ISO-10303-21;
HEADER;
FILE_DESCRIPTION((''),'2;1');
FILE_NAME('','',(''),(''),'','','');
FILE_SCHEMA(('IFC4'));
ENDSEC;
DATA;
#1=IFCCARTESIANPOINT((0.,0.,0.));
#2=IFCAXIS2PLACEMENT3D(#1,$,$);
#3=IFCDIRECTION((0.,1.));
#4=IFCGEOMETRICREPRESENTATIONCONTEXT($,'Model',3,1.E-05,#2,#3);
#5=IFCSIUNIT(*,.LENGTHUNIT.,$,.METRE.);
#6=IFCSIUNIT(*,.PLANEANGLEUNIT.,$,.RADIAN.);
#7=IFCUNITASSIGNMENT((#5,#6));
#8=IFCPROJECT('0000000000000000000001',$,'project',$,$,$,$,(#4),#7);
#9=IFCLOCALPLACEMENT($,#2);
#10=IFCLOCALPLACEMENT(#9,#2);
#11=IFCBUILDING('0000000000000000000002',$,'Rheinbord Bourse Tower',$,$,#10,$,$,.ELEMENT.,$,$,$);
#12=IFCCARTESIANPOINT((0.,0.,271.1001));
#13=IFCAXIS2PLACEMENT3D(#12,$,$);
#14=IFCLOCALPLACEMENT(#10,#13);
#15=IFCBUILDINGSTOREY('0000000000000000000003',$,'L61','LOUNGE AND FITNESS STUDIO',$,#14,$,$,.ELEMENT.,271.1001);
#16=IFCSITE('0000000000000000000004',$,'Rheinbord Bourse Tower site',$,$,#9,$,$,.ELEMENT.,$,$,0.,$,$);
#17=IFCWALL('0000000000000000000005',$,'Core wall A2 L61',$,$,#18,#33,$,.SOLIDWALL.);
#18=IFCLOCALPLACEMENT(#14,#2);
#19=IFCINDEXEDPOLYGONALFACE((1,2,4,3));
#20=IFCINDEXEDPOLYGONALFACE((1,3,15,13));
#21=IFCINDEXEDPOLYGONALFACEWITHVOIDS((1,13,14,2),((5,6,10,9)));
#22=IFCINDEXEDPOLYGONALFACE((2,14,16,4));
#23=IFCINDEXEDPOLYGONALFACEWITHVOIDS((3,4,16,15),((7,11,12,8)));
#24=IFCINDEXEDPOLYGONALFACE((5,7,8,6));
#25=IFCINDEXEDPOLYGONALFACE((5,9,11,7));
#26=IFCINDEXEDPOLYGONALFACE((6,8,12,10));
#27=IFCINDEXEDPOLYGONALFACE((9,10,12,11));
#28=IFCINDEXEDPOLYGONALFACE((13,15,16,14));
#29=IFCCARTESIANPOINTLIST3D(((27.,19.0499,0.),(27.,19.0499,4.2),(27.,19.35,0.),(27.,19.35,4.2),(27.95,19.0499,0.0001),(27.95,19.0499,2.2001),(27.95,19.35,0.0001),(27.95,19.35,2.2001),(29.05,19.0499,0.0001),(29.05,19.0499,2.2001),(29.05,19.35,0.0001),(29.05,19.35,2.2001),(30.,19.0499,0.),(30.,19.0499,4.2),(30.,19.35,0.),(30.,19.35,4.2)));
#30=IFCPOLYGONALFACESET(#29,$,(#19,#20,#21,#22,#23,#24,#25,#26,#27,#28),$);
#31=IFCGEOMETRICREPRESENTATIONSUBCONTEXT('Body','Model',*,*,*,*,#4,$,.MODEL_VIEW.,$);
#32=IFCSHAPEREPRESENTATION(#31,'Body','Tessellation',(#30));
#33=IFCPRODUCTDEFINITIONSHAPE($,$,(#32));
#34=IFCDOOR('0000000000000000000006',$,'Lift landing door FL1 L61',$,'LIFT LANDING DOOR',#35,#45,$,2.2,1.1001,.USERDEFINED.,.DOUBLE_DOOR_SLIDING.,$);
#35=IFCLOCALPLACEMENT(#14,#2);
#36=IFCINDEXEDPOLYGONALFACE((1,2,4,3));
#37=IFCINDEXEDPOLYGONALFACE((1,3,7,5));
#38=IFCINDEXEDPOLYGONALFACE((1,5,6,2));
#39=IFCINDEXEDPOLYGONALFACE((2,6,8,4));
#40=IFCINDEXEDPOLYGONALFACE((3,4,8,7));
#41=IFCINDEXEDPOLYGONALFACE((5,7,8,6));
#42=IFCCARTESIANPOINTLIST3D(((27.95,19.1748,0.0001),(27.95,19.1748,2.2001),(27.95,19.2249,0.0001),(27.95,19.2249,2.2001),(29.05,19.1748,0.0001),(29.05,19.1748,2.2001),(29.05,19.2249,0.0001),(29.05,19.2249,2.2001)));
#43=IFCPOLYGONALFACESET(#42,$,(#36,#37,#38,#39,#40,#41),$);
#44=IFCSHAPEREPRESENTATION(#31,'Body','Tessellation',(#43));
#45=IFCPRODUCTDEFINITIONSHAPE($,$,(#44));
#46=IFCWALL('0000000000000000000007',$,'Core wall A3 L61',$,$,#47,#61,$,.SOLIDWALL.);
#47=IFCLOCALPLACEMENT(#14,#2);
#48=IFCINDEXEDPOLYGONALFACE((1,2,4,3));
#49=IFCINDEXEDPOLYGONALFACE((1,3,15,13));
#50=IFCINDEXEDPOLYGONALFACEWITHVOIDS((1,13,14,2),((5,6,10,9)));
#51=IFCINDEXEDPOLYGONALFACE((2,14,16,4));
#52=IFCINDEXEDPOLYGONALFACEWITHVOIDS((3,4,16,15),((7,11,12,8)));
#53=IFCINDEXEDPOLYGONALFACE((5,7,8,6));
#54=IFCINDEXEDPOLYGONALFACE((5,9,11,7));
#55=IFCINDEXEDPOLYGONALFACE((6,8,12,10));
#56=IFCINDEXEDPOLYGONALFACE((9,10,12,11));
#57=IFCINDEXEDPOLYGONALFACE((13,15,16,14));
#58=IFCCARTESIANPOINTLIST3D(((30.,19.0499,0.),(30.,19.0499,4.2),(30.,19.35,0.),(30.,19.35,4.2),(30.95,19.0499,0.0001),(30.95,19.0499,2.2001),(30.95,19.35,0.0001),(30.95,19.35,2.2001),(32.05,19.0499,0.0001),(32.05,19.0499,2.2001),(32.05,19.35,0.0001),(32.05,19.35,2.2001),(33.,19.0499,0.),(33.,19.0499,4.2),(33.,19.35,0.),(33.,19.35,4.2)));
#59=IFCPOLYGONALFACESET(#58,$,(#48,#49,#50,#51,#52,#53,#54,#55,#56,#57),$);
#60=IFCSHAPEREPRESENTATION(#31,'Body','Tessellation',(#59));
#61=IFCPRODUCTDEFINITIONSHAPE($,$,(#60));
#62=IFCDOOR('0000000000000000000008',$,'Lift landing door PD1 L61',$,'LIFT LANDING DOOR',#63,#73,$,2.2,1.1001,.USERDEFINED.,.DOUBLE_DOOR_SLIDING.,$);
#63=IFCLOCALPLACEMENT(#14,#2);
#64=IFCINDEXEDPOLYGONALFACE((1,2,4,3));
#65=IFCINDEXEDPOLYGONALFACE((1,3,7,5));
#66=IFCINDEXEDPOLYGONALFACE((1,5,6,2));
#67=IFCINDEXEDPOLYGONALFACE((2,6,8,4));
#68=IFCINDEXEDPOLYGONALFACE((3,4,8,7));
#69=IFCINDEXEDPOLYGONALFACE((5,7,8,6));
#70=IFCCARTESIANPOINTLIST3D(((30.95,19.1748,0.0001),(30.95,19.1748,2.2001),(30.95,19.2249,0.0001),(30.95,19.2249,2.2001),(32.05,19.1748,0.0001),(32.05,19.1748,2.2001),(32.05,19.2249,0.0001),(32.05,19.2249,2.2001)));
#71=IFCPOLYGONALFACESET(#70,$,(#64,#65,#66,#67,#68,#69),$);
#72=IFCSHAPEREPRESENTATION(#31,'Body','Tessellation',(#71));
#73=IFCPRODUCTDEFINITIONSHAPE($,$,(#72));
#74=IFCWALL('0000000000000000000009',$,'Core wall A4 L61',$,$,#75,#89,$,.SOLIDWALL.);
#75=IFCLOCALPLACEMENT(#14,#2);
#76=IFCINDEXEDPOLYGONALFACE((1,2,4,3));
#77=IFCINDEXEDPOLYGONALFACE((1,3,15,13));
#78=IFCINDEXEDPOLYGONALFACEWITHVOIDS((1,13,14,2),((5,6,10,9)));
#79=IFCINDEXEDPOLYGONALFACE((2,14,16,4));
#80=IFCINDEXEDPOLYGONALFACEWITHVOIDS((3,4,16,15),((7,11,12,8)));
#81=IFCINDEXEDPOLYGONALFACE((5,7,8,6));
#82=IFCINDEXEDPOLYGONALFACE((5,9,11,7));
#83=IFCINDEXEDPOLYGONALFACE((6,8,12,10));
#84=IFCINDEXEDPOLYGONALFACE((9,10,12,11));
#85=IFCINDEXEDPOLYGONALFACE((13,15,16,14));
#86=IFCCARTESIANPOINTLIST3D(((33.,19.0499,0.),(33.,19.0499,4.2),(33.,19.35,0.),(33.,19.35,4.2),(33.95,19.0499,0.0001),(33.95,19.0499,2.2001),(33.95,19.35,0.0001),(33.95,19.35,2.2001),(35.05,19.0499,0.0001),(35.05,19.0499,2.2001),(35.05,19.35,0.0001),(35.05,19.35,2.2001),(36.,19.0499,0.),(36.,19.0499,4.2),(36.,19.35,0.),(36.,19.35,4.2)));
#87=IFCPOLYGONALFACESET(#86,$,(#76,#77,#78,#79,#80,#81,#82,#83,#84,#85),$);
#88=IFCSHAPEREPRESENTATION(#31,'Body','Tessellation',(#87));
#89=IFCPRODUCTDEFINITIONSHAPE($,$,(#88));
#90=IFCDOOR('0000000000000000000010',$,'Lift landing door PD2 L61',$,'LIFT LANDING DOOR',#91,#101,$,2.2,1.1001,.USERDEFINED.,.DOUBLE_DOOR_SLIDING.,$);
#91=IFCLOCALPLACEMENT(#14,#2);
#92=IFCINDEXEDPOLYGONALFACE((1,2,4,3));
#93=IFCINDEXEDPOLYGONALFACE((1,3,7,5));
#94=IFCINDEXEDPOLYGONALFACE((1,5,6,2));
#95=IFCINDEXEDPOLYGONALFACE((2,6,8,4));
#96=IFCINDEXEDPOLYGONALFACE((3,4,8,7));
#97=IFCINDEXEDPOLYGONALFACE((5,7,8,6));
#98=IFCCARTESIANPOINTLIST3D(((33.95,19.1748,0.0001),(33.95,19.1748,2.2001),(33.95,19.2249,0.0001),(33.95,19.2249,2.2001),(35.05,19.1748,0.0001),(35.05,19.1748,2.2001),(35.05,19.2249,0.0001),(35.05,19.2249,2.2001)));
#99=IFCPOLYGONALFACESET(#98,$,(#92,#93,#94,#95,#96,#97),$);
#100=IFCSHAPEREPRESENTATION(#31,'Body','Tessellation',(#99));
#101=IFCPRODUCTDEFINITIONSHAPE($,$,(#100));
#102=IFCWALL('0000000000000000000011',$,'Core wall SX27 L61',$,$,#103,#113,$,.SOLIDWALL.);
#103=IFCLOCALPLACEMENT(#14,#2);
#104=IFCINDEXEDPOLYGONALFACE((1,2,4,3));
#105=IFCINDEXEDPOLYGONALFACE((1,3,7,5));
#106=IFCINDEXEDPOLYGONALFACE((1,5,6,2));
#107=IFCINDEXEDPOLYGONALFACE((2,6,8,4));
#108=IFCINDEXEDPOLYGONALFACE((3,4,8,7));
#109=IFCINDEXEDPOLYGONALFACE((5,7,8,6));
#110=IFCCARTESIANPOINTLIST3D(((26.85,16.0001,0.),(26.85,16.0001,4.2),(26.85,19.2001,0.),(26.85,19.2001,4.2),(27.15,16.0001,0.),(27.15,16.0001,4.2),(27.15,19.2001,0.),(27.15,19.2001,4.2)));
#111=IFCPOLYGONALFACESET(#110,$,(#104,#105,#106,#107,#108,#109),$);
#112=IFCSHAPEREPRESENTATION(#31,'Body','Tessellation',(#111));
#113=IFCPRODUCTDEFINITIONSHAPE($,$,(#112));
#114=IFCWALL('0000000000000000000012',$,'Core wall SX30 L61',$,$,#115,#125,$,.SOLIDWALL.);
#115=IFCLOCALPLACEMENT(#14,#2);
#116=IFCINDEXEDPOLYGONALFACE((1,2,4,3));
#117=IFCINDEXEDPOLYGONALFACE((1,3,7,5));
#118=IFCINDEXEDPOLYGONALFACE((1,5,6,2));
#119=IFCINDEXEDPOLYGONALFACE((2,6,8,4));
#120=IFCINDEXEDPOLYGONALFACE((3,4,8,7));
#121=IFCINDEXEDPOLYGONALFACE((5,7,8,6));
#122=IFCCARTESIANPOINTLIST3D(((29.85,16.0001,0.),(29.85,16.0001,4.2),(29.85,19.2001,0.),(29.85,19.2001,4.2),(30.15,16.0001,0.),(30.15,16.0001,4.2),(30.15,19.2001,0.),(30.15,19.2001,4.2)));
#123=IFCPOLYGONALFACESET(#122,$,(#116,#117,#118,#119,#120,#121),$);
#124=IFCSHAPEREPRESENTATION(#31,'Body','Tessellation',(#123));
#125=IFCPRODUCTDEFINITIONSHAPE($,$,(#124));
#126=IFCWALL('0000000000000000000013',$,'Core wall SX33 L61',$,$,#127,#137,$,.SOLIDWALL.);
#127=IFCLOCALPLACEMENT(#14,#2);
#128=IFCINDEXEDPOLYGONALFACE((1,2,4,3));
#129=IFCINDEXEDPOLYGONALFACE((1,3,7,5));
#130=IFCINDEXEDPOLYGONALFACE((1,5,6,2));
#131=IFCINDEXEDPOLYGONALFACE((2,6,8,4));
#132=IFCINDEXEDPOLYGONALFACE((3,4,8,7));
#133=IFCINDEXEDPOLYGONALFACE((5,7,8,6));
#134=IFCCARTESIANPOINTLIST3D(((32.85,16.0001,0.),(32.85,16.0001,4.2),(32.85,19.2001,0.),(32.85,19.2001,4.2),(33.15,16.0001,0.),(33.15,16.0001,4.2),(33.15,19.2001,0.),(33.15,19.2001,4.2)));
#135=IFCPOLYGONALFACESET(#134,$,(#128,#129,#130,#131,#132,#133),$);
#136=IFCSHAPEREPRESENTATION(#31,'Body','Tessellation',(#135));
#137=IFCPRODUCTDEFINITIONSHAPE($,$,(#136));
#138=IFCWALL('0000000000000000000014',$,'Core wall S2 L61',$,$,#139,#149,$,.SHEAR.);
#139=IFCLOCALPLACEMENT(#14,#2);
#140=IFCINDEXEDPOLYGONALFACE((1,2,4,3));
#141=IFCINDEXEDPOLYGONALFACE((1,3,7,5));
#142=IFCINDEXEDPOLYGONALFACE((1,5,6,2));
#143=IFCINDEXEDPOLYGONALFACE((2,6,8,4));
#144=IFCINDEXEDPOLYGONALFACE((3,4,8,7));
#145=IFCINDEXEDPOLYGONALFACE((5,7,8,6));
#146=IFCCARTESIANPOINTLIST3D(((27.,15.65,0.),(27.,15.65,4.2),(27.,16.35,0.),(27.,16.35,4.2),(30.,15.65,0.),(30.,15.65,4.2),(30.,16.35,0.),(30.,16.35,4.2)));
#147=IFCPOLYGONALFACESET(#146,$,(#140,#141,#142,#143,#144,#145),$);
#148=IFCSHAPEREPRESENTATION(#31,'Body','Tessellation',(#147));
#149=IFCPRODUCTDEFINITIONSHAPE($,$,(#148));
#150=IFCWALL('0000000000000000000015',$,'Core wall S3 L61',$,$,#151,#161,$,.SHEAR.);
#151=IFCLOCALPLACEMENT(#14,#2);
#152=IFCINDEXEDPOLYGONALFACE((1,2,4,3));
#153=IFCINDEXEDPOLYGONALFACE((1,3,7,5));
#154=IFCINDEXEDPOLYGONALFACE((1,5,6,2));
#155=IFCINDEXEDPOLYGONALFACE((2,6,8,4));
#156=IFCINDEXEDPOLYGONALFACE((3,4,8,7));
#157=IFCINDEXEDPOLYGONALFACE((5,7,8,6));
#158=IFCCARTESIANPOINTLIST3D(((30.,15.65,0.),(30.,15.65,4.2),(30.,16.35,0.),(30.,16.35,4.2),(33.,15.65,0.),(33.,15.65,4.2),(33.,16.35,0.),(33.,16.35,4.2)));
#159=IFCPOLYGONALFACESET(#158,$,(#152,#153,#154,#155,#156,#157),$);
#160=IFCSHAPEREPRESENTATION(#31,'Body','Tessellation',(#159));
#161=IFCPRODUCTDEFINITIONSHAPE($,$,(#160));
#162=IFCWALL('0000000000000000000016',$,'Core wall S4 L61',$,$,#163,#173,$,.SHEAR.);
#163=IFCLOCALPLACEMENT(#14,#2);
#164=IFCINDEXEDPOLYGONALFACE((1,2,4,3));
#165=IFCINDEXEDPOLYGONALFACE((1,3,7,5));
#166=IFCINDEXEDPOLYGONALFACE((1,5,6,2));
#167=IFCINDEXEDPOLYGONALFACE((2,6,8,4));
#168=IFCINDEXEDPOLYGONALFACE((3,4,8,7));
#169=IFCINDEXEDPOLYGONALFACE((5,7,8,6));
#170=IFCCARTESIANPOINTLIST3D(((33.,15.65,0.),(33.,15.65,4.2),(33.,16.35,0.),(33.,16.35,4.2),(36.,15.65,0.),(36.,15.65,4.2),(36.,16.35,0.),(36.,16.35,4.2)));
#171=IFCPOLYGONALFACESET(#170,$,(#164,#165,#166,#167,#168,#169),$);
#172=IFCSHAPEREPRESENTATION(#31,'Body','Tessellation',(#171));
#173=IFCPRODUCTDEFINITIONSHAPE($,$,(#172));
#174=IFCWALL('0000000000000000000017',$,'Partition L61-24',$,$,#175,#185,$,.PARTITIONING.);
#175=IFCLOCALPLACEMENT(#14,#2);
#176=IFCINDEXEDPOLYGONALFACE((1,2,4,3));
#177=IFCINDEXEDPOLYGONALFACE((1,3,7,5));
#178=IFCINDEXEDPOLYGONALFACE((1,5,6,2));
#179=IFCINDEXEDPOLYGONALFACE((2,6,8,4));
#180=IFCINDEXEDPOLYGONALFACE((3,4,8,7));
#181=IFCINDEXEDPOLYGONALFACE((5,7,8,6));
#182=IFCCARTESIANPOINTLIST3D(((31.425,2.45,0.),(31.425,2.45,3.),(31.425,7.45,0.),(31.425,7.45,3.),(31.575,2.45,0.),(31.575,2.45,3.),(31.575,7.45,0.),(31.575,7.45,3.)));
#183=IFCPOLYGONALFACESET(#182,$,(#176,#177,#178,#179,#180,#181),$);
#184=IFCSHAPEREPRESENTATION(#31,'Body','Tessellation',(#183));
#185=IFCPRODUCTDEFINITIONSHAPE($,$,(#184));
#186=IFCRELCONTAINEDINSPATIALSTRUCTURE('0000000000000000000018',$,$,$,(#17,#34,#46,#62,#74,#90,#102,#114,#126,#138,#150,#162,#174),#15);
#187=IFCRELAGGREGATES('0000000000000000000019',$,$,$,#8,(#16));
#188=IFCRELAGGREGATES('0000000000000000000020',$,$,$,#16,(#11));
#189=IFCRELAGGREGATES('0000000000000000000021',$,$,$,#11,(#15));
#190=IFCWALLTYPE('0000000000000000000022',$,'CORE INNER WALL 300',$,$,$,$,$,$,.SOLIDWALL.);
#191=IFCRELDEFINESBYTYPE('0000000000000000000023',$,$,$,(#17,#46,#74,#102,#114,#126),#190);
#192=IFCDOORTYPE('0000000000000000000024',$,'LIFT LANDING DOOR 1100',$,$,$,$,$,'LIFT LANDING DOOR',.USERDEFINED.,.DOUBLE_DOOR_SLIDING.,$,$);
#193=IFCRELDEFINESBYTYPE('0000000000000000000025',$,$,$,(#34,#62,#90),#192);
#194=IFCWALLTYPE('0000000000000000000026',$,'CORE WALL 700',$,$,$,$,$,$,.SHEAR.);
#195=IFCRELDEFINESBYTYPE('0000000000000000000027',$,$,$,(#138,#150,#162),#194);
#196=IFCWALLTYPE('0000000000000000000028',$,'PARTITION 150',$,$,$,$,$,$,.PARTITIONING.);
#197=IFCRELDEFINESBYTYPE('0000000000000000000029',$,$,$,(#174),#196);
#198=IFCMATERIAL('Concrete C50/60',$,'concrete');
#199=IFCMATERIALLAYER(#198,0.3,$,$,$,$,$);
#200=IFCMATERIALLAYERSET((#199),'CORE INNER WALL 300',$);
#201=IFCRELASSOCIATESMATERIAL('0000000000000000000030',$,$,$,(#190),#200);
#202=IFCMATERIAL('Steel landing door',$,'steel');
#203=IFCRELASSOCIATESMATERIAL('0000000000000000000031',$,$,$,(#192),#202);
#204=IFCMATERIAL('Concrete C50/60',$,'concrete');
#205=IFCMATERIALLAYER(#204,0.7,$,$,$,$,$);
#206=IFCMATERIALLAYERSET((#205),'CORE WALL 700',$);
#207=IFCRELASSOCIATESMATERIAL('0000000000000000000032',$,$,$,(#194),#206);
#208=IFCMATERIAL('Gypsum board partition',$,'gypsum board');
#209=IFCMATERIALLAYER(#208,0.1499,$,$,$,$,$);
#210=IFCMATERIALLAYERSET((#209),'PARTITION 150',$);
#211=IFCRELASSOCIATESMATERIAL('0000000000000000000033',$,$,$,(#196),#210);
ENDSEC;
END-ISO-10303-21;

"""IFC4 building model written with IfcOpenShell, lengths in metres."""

from ifc_helpers import new_model, si_unit, direction, frame, frame_2d, origin, place, context, subcontext, project, spatial, rectangle, extrude, material, layer, layer_set, type_object, element, fill, save


model = new_model("IFC4")

# Units and contexts
model_context = context("Model", 3, precision=1e-05, world=origin(), true_north=direction((0.0, 1.0)))
body_context = subcontext(model_context, "Body", "Model", "MODEL_VIEW")
ifc_project = project(units=[si_unit("LENGTHUNIT", "METRE"), si_unit("PLANEANGLEUNIT", "RADIAN")], contexts=[model_context])

# Site, building, storey
site_placement = place(None, origin())
site = spatial("IfcSite", under=ifc_project, at=site_placement, Name="Rheinbord Bourse Tower site", CompositionType="ELEMENT", RefElevation=0.0)
building_placement = place(site_placement, origin())
building = spatial("IfcBuilding", under=site, at=building_placement, Name="Rheinbord Bourse Tower", CompositionType="ELEMENT")
storey_placement = place(building_placement, frame((0.0, 0.0, 271.1001)))
storey = spatial("IfcBuildingStorey", under=building, at=storey_placement, Name="L61", Description="LOUNGE AND FITNESS STUDIO", CompositionType="ELEMENT", Elevation=271.1001)

# Walls, openings, doors
ifc_material_1 = material(Name="Concrete C50/60", Category="concrete")
ifc_layer_1 = layer(ifc_material_1, 0.3)
ifc_layer_set_1 = layer_set([ifc_layer_1], Name="CORE INNER WALL 300")
wall_type_1 = type_object("IfcWallType", Name="CORE INNER WALL 300", PredefinedType="SOLIDWALL", material=ifc_layer_set_1)
wall_1_placement = place(storey_placement, frame((27.0, 19.2, 0.0), z_axis=(0.0, 0.0, 1.0), x_axis=(1.0, 0.0, 0.0)))
wall_1 = element("IfcWall", 1, at=wall_1_placement, inside=storey, type_object=wall_type_1, Name="Core wall A2 L61", PredefinedType="SOLIDWALL", context=body_context, shape_type="SweptSolid", body=[
    extrude(rectangle(XDim=3.0, YDim=0.3, at=frame_2d((1.5, 0.0))), origin(), (0.0, 0.0, 1.0), 4.2),
])
opening_1_placement = place(wall_1_placement, frame((0.95, 0.0, 0.0)))
opening_1 = element("IfcOpeningElement", 2, at=opening_1_placement, cuts=wall_1, PredefinedType="OPENING", context=body_context, shape_type="SweptSolid", body=[
    extrude(rectangle(XDim=1.1001, YDim=2.2, at=frame_2d((0.55, 1.1001))), frame((0.0, 0.1599, 0.0), z_axis=(0.0, -1.0, 0.0), x_axis=(1.0, 0.0, 0.0)), (0.0, 0.0, 1.0), 0.3201),
])
ifc_material_2 = material(Name="Steel landing door", Category="steel")
door_type = type_object("IfcDoorType", Name="LIFT LANDING DOOR 1100", ElementType="LIFT LANDING DOOR", OperationType="DOUBLE_DOOR_SLIDING", PredefinedType="USERDEFINED", material=ifc_material_2)
door_1_placement = place(opening_1_placement, origin())
door_1 = element("IfcDoor", 3, at=door_1_placement, inside=storey, type_object=door_type, Name="Lift landing door FL1 L61", ObjectType="LIFT LANDING DOOR", OperationType="DOUBLE_DOOR_SLIDING", OverallHeight=2.2, OverallWidth=1.1001, PredefinedType="USERDEFINED", context=body_context, shape_type="SweptSolid", body=[
    extrude(rectangle(XDim=1.1001, YDim=2.2, at=frame_2d((0.55, 1.1001))), frame((0.0, 0.0249, 0.0), z_axis=(0.0, -1.0, 0.0), x_axis=(1.0, 0.0, 0.0)), (0.0, 0.0, 1.0), 0.05),
])
fill(opening_1, door_1)
wall_2_placement = place(storey_placement, frame((30.0, 19.2, 0.0), z_axis=(0.0, 0.0, 1.0), x_axis=(1.0, 0.0, 0.0)))
wall_2 = element("IfcWall", 4, at=wall_2_placement, inside=storey, type_object=wall_type_1, Name="Core wall A3 L61", PredefinedType="SOLIDWALL", context=body_context, shape_type="SweptSolid", body=[
    extrude(rectangle(XDim=3.0, YDim=0.3, at=frame_2d((1.5, 0.0))), origin(), (0.0, 0.0, 1.0), 4.2),
])
opening_2_placement = place(wall_2_placement, frame((0.95, 0.0, 0.0)))
opening_2 = element("IfcOpeningElement", 5, at=opening_2_placement, cuts=wall_2, PredefinedType="OPENING", context=body_context, shape_type="SweptSolid", body=[
    extrude(rectangle(XDim=1.1001, YDim=2.2, at=frame_2d((0.55, 1.1001))), frame((0.0, 0.1599, 0.0), z_axis=(0.0, -1.0, 0.0), x_axis=(1.0, 0.0, 0.0)), (0.0, 0.0, 1.0), 0.3201),
])
door_2_placement = place(opening_2_placement, origin())
door_2 = element("IfcDoor", 6, at=door_2_placement, inside=storey, type_object=door_type, Name="Lift landing door PD1 L61", ObjectType="LIFT LANDING DOOR", OperationType="DOUBLE_DOOR_SLIDING", OverallHeight=2.2, OverallWidth=1.1001, PredefinedType="USERDEFINED", context=body_context, shape_type="SweptSolid", body=[
    extrude(rectangle(XDim=1.1001, YDim=2.2, at=frame_2d((0.55, 1.1001))), frame((0.0, 0.0249, 0.0), z_axis=(0.0, -1.0, 0.0), x_axis=(1.0, 0.0, 0.0)), (0.0, 0.0, 1.0), 0.05),
])
fill(opening_2, door_2)
wall_3_placement = place(storey_placement, frame((33.0, 19.2, 0.0), z_axis=(0.0, 0.0, 1.0), x_axis=(1.0, 0.0, 0.0)))
wall_3 = element("IfcWall", 7, at=wall_3_placement, inside=storey, type_object=wall_type_1, Name="Core wall A4 L61", PredefinedType="SOLIDWALL", context=body_context, shape_type="SweptSolid", body=[
    extrude(rectangle(XDim=3.0, YDim=0.3, at=frame_2d((1.5, 0.0))), origin(), (0.0, 0.0, 1.0), 4.2),
])
opening_3_placement = place(wall_3_placement, frame((0.95, 0.0, 0.0)))
opening_3 = element("IfcOpeningElement", 8, at=opening_3_placement, cuts=wall_3, PredefinedType="OPENING", context=body_context, shape_type="SweptSolid", body=[
    extrude(rectangle(XDim=1.1001, YDim=2.2, at=frame_2d((0.55, 1.1001))), frame((0.0, 0.1599, 0.0), z_axis=(0.0, -1.0, 0.0), x_axis=(1.0, 0.0, 0.0)), (0.0, 0.0, 1.0), 0.3201),
])
door_3_placement = place(opening_3_placement, origin())
door_3 = element("IfcDoor", 9, at=door_3_placement, inside=storey, type_object=door_type, Name="Lift landing door PD2 L61", ObjectType="LIFT LANDING DOOR", OperationType="DOUBLE_DOOR_SLIDING", OverallHeight=2.2, OverallWidth=1.1001, PredefinedType="USERDEFINED", context=body_context, shape_type="SweptSolid", body=[
    extrude(rectangle(XDim=1.1001, YDim=2.2, at=frame_2d((0.55, 1.1001))), frame((0.0, 0.0249, 0.0), z_axis=(0.0, -1.0, 0.0), x_axis=(1.0, 0.0, 0.0)), (0.0, 0.0, 1.0), 0.05),
])
fill(opening_3, door_3)

# Walls
for number, where, z_axis, x_axis, name in (
    (10, (27.0, 16.0, 0.0), (0.0, 0.0, 1.0), (0.0, 1.0, 0.0), "Core wall SX27 L61"),
    (11, (30.0, 16.0, 0.0), (0.0, 0.0, 1.0), (0.0, 1.0, 0.0), "Core wall SX30 L61"),
    (12, (33.0, 16.0, 0.0), (0.0, 0.0, 1.0), (0.0, 1.0, 0.0), "Core wall SX33 L61"),
):
    element("IfcWall", number, at=place(storey_placement, frame(where, z_axis=z_axis, x_axis=x_axis)), inside=storey, type_object=wall_type_1, Name=name, PredefinedType="SOLIDWALL", context=body_context, shape_type="SweptSolid", body=[
        extrude(rectangle(XDim=3.2, YDim=0.3, at=frame_2d((1.6001, 0.0))), origin(), (0.0, 0.0, 1.0), 4.2),
    ])
ifc_material_3 = material(Name="Concrete C50/60", Category="concrete")
ifc_layer_2 = layer(ifc_material_3, 0.7)
ifc_layer_set_2 = layer_set([ifc_layer_2], Name="CORE WALL 700")
wall_type_2 = type_object("IfcWallType", Name="CORE WALL 700", PredefinedType="SHEAR", material=ifc_layer_set_2)
for number, where, z_axis, x_axis, name in (
    (13, (27.0, 16.0, 0.0), (0.0, 0.0, 1.0), (1.0, 0.0, 0.0), "Core wall S2 L61"),
    (14, (30.0, 16.0, 0.0), (0.0, 0.0, 1.0), (1.0, 0.0, 0.0), "Core wall S3 L61"),
    (15, (33.0, 16.0, 0.0), (0.0, 0.0, 1.0), (1.0, 0.0, 0.0), "Core wall S4 L61"),
):
    element("IfcWall", number, at=place(storey_placement, frame(where, z_axis=z_axis, x_axis=x_axis)), inside=storey, type_object=wall_type_2, Name=name, PredefinedType="SHEAR", context=body_context, shape_type="SweptSolid", body=[
        extrude(rectangle(XDim=3.0, YDim=0.7, at=frame_2d((1.5, 0.0))), origin(), (0.0, 0.0, 1.0), 4.2),
    ])
ifc_material_4 = material(Name="Gypsum board partition", Category="gypsum board")
ifc_layer_3 = layer(ifc_material_4, 0.1499)
ifc_layer_set_3 = layer_set([ifc_layer_3], Name="PARTITION 150")
wall_type_3 = type_object("IfcWallType", Name="PARTITION 150", PredefinedType="PARTITIONING", material=ifc_layer_set_3)
wall_4_placement = place(storey_placement, frame((31.5, 2.45, 0.0), z_axis=(0.0, 0.0, 1.0), x_axis=(0.0, 1.0, 0.0)))
element("IfcWall", 16, at=wall_4_placement, inside=storey, type_object=wall_type_3, Name="Partition L61-24", PredefinedType="PARTITIONING", context=body_context, shape_type="SweptSolid", body=[
    extrude(rectangle(XDim=5.0, YDim=0.1499, at=frame_2d((2.5, 0.0))), origin(), (0.0, 0.0, 1.0), 3.0),
])

save(model, "model.ifc")
